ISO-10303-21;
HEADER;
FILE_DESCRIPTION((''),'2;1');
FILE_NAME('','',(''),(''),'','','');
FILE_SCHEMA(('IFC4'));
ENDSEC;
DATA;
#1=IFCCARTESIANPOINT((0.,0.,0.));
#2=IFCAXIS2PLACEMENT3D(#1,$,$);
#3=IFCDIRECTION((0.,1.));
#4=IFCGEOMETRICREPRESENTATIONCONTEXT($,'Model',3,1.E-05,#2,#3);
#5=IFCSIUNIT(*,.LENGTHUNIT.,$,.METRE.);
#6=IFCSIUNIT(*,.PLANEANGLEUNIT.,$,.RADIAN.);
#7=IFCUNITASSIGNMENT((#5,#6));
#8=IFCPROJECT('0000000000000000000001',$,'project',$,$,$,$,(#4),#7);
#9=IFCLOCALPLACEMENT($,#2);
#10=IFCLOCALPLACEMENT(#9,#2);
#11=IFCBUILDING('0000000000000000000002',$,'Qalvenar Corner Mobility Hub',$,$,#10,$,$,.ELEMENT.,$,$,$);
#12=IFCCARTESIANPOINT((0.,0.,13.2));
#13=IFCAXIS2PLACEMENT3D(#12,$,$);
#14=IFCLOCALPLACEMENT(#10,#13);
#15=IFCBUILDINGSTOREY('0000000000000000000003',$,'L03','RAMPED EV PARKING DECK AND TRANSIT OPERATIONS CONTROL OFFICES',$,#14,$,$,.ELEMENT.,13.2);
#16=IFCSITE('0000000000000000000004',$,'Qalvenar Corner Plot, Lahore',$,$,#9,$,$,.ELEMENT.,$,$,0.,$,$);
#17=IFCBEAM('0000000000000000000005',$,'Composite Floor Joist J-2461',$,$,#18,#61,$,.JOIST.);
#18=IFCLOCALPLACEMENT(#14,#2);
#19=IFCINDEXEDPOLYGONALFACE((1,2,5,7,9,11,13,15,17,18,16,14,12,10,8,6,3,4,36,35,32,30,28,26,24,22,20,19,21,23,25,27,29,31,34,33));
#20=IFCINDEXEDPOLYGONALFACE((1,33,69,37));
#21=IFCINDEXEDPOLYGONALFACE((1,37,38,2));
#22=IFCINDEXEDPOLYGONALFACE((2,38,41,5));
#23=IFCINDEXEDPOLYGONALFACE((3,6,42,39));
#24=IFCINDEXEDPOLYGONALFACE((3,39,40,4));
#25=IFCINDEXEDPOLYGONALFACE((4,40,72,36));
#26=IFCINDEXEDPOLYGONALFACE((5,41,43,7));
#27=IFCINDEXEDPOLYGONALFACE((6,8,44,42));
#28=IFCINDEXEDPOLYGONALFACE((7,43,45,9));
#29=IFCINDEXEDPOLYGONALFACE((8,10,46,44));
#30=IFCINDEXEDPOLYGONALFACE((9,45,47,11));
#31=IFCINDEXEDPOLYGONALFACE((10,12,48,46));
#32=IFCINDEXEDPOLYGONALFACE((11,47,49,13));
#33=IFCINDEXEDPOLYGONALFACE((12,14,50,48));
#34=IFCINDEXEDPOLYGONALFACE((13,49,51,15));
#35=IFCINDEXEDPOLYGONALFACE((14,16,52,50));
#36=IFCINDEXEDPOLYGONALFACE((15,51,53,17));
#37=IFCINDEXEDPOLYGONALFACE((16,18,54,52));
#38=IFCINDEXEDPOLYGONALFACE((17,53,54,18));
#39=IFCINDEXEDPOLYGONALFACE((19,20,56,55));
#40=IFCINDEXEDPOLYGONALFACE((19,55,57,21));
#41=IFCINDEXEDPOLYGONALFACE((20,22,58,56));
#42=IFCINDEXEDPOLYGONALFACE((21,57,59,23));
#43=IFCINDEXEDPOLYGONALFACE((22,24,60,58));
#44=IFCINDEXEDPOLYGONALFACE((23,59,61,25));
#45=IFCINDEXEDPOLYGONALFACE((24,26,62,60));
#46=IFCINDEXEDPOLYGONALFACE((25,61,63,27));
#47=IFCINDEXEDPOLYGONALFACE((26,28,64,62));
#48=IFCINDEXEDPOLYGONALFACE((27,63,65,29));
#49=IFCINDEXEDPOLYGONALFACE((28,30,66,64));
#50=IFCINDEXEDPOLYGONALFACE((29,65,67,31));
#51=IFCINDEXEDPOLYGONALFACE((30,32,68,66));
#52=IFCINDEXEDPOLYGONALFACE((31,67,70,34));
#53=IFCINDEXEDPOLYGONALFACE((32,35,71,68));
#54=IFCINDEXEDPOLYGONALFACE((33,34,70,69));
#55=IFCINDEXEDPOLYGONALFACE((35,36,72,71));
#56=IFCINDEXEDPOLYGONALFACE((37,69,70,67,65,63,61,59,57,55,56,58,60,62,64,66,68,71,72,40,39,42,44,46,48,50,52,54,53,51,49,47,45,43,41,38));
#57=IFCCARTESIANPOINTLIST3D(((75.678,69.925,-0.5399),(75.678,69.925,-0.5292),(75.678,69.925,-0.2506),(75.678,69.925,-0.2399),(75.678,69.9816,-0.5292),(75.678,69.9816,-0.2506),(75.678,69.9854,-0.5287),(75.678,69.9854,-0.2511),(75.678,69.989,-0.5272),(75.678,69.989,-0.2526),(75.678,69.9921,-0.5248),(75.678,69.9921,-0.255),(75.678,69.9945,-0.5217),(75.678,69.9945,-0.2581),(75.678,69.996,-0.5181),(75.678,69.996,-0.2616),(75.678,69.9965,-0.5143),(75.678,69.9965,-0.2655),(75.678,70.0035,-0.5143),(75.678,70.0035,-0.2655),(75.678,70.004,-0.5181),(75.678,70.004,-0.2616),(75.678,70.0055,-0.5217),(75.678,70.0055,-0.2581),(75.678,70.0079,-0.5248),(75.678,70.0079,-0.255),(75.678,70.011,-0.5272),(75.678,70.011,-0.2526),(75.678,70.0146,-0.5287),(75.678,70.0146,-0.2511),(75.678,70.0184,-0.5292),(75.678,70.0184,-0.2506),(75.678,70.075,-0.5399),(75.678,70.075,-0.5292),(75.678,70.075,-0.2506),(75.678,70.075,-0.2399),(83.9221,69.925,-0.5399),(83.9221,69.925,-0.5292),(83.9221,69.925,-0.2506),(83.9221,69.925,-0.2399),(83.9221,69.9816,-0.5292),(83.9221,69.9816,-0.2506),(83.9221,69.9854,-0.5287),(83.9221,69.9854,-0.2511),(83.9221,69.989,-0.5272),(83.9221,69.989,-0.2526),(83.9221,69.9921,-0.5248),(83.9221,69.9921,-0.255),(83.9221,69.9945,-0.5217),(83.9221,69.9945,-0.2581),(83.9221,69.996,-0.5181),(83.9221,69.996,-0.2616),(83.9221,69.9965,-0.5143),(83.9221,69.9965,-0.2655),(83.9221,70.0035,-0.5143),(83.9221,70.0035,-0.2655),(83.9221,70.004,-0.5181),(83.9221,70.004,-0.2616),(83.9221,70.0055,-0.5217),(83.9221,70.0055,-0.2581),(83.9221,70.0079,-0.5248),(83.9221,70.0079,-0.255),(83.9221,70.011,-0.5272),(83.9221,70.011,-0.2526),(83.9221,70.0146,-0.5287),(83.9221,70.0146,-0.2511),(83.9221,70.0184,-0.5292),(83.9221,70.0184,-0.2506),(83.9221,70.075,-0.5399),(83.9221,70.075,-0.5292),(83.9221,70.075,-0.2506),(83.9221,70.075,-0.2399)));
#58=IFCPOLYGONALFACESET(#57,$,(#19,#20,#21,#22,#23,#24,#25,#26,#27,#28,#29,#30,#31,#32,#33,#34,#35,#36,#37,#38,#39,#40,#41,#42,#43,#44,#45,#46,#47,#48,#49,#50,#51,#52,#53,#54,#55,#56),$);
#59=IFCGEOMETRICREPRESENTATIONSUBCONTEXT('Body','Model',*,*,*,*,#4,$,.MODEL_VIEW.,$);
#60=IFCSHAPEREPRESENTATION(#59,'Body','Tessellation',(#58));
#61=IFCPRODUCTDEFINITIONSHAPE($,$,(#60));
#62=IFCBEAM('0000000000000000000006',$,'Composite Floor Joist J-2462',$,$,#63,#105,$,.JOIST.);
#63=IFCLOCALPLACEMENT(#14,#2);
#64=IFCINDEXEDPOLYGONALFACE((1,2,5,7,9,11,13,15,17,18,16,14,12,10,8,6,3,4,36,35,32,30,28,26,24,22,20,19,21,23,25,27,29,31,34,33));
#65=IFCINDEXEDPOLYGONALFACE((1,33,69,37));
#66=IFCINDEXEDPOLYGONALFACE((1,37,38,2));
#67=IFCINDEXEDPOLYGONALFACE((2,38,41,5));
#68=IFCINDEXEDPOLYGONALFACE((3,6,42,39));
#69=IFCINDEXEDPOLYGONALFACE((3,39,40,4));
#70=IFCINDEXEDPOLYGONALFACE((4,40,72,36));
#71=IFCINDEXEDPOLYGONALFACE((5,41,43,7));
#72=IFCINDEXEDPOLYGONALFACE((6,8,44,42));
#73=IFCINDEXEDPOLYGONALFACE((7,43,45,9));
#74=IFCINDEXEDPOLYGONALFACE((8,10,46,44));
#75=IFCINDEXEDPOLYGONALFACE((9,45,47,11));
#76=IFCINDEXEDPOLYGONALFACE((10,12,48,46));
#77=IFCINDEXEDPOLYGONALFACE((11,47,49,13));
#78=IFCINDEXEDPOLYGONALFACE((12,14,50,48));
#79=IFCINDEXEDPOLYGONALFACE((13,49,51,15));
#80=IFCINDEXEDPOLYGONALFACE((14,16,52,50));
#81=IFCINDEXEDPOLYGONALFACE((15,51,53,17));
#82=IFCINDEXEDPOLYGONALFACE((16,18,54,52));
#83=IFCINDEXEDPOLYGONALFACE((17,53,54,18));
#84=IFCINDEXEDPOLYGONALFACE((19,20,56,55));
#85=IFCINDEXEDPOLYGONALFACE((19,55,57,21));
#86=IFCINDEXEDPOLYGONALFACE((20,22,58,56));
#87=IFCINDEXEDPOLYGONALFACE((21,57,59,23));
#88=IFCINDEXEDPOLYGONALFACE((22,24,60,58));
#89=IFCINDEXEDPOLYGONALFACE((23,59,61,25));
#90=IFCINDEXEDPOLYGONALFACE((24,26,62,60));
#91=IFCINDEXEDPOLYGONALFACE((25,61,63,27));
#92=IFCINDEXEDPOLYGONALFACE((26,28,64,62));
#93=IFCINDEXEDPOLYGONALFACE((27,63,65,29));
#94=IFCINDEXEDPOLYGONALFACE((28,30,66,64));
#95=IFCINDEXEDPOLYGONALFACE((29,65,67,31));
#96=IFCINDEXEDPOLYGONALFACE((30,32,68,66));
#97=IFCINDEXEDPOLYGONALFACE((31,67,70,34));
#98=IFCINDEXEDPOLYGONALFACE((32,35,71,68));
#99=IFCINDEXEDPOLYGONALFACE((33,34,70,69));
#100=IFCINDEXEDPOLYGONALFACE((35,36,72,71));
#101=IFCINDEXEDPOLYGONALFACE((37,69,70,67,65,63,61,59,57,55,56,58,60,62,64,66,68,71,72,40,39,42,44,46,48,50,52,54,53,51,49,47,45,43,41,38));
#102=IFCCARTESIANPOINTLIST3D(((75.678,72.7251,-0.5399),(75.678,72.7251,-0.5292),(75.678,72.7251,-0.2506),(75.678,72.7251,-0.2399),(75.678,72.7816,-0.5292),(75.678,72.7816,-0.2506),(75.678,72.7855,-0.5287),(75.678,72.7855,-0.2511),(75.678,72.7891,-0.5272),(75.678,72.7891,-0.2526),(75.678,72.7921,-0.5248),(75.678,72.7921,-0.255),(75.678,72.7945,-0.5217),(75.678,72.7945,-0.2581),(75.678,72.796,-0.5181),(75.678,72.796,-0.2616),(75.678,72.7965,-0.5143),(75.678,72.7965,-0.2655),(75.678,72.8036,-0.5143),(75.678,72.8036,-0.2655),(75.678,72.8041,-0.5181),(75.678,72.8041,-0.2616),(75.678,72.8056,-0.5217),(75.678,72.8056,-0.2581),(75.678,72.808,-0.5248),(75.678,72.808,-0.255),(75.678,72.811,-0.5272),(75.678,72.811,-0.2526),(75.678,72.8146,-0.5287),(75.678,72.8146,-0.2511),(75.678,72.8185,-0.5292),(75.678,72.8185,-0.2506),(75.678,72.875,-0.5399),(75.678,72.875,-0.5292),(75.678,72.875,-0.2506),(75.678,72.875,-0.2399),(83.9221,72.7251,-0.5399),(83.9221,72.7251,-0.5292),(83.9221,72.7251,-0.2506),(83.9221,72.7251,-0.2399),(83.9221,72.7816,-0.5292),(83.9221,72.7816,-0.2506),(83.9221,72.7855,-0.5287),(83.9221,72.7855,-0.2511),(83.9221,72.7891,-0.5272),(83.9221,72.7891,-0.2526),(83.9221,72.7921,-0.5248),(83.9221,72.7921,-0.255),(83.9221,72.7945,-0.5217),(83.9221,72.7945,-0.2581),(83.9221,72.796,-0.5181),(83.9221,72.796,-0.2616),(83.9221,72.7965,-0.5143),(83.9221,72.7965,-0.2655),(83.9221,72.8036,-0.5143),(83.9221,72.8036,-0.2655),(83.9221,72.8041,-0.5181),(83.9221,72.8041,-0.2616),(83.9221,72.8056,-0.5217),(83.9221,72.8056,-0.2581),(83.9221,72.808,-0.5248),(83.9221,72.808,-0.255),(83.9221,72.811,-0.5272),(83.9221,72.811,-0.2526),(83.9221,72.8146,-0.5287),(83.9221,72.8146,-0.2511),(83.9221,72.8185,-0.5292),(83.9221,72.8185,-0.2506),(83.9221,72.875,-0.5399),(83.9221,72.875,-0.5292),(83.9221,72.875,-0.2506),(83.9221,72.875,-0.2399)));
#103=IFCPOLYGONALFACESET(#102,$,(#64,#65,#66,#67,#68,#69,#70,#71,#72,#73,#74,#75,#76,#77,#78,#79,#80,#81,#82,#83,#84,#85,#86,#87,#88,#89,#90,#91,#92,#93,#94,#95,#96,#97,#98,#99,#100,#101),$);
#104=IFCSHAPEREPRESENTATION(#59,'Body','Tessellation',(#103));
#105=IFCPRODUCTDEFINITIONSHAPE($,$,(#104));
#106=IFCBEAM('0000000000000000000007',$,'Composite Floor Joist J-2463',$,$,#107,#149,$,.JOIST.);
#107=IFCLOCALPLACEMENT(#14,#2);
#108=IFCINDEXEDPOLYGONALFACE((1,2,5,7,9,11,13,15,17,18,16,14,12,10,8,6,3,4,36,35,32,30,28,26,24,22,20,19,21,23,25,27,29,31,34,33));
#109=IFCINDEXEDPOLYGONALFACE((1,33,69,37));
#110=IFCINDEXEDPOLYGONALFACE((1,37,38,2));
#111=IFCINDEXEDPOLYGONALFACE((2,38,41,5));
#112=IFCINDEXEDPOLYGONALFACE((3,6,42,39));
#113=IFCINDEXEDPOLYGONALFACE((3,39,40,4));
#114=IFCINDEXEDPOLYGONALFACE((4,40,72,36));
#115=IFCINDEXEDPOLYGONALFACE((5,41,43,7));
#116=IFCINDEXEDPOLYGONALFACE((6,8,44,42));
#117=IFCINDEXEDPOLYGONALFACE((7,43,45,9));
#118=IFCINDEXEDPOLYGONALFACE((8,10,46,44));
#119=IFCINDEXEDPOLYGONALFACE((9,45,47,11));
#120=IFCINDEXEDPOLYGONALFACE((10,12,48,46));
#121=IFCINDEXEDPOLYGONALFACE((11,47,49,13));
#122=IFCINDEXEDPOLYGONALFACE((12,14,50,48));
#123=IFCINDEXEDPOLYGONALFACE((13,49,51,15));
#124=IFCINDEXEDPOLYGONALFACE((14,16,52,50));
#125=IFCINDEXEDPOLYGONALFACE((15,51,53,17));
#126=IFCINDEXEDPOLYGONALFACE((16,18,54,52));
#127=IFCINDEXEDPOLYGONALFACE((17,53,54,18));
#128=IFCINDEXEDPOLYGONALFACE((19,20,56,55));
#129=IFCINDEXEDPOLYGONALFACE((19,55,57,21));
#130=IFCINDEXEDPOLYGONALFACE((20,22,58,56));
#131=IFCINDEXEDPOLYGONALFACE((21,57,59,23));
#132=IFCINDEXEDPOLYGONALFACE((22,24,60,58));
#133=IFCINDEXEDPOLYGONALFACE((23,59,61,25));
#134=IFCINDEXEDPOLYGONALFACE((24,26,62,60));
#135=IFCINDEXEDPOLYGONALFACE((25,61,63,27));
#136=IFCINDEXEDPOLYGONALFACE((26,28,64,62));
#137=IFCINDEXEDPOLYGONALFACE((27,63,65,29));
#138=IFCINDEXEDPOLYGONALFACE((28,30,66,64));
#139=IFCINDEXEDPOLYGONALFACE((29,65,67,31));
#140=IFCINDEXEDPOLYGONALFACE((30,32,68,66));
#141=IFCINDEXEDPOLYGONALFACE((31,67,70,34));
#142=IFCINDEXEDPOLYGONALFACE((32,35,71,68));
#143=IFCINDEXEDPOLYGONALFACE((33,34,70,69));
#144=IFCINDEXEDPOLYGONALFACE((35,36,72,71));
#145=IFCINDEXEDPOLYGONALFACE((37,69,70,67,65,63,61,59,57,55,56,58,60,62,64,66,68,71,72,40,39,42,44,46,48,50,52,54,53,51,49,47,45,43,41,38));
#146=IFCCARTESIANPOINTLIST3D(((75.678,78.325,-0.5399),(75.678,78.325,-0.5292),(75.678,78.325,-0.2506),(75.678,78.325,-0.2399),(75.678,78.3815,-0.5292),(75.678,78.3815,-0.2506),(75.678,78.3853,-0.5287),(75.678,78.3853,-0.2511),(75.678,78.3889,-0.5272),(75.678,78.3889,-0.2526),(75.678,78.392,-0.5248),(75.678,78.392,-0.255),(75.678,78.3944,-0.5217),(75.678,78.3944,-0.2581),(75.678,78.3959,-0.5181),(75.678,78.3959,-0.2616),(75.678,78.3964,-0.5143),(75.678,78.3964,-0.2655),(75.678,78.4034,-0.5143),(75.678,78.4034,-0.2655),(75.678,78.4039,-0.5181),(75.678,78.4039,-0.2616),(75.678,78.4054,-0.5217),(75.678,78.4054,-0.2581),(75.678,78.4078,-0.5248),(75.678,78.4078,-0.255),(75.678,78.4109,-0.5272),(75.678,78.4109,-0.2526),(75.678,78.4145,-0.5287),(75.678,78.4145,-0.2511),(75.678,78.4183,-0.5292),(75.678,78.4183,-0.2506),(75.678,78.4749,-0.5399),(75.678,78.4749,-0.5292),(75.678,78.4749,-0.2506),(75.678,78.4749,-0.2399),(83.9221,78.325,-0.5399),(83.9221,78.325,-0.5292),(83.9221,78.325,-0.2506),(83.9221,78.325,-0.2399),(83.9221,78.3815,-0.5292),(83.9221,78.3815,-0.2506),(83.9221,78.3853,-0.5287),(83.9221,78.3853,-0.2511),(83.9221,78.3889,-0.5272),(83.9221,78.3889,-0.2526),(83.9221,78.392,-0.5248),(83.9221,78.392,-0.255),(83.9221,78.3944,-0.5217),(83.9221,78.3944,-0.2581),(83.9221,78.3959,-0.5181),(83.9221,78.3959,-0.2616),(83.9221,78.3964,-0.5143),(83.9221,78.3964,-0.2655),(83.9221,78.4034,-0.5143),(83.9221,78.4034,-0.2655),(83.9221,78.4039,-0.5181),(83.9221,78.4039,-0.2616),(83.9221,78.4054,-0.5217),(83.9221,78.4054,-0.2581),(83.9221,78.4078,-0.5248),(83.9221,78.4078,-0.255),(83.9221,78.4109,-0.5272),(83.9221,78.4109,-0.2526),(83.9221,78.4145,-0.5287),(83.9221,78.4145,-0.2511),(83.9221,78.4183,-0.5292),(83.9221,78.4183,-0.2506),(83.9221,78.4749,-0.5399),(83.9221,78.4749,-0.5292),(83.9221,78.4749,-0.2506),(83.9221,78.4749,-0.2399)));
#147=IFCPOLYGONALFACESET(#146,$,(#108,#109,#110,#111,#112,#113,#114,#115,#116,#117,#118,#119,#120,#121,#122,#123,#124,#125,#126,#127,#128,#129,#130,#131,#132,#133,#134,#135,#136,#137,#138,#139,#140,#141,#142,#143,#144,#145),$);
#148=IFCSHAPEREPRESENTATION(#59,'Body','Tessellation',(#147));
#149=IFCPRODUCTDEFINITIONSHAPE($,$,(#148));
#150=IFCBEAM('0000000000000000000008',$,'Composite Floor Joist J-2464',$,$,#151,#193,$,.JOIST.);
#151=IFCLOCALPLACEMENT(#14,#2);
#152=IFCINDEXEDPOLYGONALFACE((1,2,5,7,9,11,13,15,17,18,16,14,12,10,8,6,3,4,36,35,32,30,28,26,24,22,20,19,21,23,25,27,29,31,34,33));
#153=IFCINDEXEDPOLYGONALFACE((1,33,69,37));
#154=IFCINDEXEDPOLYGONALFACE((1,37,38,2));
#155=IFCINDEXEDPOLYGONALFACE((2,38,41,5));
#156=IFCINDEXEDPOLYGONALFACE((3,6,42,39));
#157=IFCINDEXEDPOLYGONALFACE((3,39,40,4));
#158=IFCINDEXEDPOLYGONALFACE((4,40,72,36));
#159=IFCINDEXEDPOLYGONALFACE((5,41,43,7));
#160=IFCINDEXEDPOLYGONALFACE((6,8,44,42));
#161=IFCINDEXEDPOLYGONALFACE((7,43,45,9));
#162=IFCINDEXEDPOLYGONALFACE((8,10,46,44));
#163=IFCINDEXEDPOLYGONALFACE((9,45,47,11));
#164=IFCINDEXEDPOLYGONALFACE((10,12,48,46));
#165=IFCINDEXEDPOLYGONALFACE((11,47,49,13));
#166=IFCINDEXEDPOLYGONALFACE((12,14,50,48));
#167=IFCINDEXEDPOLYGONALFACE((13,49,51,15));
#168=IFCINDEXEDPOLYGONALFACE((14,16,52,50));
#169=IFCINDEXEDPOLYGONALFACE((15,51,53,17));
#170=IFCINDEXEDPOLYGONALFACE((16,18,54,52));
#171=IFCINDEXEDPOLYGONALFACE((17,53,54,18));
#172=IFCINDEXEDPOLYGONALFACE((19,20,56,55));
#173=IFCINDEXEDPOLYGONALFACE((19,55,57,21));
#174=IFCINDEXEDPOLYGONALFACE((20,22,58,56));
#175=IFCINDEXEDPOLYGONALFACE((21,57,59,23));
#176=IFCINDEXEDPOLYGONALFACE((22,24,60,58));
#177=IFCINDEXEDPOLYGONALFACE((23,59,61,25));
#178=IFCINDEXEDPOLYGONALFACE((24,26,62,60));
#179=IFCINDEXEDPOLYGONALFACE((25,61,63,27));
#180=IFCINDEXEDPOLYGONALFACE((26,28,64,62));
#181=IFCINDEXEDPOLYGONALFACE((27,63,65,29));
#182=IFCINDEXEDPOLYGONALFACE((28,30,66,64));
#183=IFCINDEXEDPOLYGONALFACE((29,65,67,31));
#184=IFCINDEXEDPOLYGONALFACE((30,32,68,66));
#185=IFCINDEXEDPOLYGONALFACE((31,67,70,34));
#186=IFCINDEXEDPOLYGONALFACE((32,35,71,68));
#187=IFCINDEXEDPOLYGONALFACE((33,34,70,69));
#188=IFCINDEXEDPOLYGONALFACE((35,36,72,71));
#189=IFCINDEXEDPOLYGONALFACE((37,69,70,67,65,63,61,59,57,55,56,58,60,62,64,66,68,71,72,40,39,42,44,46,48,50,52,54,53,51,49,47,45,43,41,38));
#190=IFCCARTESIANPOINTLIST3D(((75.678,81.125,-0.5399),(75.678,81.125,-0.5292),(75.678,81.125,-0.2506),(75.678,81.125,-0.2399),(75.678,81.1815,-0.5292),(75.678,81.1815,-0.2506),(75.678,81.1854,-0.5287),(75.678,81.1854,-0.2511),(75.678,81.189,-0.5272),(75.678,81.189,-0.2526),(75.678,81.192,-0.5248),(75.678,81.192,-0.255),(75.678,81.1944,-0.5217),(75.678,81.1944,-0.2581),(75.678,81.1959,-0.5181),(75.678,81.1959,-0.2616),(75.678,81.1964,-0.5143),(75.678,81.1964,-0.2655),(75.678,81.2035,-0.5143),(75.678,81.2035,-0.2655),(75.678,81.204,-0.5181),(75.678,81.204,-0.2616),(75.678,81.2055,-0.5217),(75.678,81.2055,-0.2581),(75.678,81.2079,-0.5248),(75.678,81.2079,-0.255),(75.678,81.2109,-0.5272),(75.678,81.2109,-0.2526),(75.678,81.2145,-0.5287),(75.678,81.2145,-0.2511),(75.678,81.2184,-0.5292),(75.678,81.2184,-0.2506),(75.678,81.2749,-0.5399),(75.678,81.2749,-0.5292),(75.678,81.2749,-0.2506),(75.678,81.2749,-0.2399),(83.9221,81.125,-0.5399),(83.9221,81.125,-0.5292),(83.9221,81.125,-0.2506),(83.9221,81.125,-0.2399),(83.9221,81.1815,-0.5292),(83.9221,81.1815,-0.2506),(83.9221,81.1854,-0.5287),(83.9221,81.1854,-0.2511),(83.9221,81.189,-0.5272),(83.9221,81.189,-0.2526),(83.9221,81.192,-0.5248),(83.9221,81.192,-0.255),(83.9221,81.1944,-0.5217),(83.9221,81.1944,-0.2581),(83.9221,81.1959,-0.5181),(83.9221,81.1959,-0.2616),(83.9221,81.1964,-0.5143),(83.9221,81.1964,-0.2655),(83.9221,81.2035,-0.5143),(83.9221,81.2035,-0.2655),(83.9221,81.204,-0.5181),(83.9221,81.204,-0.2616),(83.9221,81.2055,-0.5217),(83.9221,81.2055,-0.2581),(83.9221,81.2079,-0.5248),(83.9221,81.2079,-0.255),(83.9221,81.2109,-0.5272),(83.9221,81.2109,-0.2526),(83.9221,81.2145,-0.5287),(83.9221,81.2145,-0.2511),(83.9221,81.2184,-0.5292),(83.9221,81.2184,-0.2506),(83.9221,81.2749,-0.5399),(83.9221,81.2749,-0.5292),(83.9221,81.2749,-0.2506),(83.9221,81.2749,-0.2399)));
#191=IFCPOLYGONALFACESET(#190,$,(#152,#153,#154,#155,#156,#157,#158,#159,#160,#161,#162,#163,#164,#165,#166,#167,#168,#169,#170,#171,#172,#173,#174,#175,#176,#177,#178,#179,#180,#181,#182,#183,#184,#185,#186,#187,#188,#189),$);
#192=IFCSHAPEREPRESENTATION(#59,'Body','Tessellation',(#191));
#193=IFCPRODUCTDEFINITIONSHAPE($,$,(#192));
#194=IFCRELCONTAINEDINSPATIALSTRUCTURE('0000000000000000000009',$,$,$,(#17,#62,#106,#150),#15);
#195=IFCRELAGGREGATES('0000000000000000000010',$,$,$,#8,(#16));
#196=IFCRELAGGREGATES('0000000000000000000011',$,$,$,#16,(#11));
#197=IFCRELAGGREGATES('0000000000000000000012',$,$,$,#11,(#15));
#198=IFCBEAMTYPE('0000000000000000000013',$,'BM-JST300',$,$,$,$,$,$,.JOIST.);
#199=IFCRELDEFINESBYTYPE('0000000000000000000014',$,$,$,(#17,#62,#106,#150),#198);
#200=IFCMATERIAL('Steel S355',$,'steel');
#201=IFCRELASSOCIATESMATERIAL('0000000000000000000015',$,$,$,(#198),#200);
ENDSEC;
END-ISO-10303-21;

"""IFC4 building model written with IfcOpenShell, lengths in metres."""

from ifc_helpers import new_model, si_unit, direction, frame, origin, origin_2d, place, context, subcontext, project, spatial, i_section, extrude, material, material_profile, profile_set, type_object, element, save


model = new_model("IFC4")

# Units and contexts
model_context = context("Model", 3, precision=1e-05, world=origin(), true_north=direction((0.0, 1.0)))
body_context = subcontext(model_context, "Body", "Model", "MODEL_VIEW")
ifc_project = project(units=[si_unit("LENGTHUNIT", "METRE"), si_unit("PLANEANGLEUNIT", "RADIAN")], contexts=[model_context])

# Site, building, storey
site_placement = place(None, origin())
site = spatial("IfcSite", under=ifc_project, at=site_placement, Name="Qalvenar Corner Plot, Lahore", CompositionType="ELEMENT", RefElevation=0.0)
building_placement = place(site_placement, origin())
building = spatial("IfcBuilding", under=site, at=building_placement, Name="Qalvenar Corner Mobility Hub", CompositionType="ELEMENT")
storey_placement = place(building_placement, frame((0.0, 0.0, 13.2)))
storey = spatial("IfcBuildingStorey", under=building, at=storey_placement, Name="L03", Description="RAMPED EV PARKING DECK AND TRANSIT OPERATIONS CONTROL OFFICES", CompositionType="ELEMENT", Elevation=13.2)

# Shared definitions
ifc_material_1 = material(Name="Steel S355", Category="steel")

# Beams
ifc_material_profile_1 = material_profile(ifc_material_1, i_section(OverallWidth=0.1499, OverallDepth=0.3, WebThickness=0.0071, FlangeThickness=0.0107, FilletRadius=0.0149, at=origin_2d()), Name="IPE300")
ifc_profile_set_1 = profile_set([ifc_material_profile_1], Name="Steel S355")
beam_type_1 = type_object("IfcBeamType", Name="BM-JST300", PredefinedType="JOIST", material=ifc_profile_set_1)
for number, where, z_axis, x_axis, name in (
    (1, (75.678, 70.0, -0.3899), (1.0, 0.0, 0.0), (0.0, 1.0, 0.0), "Composite Floor Joist J-2461"),
    (2, (75.678, 72.8, -0.3899), (1.0, 0.0, 0.0), (0.0, 1.0, 0.0), "Composite Floor Joist J-2462"),
    (3, (75.678, 78.3999, -0.3899), (1.0, 0.0, 0.0), (0.0, 1.0, 0.0), "Composite Floor Joist J-2463"),
    (4, (75.678, 81.2, -0.3899), (1.0, 0.0, 0.0), (0.0, 1.0, 0.0), "Composite Floor Joist J-2464"),
):
    element("IfcBeam", number, at=place(storey_placement, frame(where, z_axis=z_axis, x_axis=x_axis)), inside=storey, type_object=beam_type_1, Name=name, PredefinedType="JOIST", context=body_context, shape_type="SweptSolid", body=[
        extrude(i_section(OverallWidth=0.1499, OverallDepth=0.3, WebThickness=0.0071, FlangeThickness=0.0107, FilletRadius=0.0149, at=origin_2d()), origin(), (0.0, 0.0, 1.0), 8.2441),
    ])

save(model, "model.ifc")
